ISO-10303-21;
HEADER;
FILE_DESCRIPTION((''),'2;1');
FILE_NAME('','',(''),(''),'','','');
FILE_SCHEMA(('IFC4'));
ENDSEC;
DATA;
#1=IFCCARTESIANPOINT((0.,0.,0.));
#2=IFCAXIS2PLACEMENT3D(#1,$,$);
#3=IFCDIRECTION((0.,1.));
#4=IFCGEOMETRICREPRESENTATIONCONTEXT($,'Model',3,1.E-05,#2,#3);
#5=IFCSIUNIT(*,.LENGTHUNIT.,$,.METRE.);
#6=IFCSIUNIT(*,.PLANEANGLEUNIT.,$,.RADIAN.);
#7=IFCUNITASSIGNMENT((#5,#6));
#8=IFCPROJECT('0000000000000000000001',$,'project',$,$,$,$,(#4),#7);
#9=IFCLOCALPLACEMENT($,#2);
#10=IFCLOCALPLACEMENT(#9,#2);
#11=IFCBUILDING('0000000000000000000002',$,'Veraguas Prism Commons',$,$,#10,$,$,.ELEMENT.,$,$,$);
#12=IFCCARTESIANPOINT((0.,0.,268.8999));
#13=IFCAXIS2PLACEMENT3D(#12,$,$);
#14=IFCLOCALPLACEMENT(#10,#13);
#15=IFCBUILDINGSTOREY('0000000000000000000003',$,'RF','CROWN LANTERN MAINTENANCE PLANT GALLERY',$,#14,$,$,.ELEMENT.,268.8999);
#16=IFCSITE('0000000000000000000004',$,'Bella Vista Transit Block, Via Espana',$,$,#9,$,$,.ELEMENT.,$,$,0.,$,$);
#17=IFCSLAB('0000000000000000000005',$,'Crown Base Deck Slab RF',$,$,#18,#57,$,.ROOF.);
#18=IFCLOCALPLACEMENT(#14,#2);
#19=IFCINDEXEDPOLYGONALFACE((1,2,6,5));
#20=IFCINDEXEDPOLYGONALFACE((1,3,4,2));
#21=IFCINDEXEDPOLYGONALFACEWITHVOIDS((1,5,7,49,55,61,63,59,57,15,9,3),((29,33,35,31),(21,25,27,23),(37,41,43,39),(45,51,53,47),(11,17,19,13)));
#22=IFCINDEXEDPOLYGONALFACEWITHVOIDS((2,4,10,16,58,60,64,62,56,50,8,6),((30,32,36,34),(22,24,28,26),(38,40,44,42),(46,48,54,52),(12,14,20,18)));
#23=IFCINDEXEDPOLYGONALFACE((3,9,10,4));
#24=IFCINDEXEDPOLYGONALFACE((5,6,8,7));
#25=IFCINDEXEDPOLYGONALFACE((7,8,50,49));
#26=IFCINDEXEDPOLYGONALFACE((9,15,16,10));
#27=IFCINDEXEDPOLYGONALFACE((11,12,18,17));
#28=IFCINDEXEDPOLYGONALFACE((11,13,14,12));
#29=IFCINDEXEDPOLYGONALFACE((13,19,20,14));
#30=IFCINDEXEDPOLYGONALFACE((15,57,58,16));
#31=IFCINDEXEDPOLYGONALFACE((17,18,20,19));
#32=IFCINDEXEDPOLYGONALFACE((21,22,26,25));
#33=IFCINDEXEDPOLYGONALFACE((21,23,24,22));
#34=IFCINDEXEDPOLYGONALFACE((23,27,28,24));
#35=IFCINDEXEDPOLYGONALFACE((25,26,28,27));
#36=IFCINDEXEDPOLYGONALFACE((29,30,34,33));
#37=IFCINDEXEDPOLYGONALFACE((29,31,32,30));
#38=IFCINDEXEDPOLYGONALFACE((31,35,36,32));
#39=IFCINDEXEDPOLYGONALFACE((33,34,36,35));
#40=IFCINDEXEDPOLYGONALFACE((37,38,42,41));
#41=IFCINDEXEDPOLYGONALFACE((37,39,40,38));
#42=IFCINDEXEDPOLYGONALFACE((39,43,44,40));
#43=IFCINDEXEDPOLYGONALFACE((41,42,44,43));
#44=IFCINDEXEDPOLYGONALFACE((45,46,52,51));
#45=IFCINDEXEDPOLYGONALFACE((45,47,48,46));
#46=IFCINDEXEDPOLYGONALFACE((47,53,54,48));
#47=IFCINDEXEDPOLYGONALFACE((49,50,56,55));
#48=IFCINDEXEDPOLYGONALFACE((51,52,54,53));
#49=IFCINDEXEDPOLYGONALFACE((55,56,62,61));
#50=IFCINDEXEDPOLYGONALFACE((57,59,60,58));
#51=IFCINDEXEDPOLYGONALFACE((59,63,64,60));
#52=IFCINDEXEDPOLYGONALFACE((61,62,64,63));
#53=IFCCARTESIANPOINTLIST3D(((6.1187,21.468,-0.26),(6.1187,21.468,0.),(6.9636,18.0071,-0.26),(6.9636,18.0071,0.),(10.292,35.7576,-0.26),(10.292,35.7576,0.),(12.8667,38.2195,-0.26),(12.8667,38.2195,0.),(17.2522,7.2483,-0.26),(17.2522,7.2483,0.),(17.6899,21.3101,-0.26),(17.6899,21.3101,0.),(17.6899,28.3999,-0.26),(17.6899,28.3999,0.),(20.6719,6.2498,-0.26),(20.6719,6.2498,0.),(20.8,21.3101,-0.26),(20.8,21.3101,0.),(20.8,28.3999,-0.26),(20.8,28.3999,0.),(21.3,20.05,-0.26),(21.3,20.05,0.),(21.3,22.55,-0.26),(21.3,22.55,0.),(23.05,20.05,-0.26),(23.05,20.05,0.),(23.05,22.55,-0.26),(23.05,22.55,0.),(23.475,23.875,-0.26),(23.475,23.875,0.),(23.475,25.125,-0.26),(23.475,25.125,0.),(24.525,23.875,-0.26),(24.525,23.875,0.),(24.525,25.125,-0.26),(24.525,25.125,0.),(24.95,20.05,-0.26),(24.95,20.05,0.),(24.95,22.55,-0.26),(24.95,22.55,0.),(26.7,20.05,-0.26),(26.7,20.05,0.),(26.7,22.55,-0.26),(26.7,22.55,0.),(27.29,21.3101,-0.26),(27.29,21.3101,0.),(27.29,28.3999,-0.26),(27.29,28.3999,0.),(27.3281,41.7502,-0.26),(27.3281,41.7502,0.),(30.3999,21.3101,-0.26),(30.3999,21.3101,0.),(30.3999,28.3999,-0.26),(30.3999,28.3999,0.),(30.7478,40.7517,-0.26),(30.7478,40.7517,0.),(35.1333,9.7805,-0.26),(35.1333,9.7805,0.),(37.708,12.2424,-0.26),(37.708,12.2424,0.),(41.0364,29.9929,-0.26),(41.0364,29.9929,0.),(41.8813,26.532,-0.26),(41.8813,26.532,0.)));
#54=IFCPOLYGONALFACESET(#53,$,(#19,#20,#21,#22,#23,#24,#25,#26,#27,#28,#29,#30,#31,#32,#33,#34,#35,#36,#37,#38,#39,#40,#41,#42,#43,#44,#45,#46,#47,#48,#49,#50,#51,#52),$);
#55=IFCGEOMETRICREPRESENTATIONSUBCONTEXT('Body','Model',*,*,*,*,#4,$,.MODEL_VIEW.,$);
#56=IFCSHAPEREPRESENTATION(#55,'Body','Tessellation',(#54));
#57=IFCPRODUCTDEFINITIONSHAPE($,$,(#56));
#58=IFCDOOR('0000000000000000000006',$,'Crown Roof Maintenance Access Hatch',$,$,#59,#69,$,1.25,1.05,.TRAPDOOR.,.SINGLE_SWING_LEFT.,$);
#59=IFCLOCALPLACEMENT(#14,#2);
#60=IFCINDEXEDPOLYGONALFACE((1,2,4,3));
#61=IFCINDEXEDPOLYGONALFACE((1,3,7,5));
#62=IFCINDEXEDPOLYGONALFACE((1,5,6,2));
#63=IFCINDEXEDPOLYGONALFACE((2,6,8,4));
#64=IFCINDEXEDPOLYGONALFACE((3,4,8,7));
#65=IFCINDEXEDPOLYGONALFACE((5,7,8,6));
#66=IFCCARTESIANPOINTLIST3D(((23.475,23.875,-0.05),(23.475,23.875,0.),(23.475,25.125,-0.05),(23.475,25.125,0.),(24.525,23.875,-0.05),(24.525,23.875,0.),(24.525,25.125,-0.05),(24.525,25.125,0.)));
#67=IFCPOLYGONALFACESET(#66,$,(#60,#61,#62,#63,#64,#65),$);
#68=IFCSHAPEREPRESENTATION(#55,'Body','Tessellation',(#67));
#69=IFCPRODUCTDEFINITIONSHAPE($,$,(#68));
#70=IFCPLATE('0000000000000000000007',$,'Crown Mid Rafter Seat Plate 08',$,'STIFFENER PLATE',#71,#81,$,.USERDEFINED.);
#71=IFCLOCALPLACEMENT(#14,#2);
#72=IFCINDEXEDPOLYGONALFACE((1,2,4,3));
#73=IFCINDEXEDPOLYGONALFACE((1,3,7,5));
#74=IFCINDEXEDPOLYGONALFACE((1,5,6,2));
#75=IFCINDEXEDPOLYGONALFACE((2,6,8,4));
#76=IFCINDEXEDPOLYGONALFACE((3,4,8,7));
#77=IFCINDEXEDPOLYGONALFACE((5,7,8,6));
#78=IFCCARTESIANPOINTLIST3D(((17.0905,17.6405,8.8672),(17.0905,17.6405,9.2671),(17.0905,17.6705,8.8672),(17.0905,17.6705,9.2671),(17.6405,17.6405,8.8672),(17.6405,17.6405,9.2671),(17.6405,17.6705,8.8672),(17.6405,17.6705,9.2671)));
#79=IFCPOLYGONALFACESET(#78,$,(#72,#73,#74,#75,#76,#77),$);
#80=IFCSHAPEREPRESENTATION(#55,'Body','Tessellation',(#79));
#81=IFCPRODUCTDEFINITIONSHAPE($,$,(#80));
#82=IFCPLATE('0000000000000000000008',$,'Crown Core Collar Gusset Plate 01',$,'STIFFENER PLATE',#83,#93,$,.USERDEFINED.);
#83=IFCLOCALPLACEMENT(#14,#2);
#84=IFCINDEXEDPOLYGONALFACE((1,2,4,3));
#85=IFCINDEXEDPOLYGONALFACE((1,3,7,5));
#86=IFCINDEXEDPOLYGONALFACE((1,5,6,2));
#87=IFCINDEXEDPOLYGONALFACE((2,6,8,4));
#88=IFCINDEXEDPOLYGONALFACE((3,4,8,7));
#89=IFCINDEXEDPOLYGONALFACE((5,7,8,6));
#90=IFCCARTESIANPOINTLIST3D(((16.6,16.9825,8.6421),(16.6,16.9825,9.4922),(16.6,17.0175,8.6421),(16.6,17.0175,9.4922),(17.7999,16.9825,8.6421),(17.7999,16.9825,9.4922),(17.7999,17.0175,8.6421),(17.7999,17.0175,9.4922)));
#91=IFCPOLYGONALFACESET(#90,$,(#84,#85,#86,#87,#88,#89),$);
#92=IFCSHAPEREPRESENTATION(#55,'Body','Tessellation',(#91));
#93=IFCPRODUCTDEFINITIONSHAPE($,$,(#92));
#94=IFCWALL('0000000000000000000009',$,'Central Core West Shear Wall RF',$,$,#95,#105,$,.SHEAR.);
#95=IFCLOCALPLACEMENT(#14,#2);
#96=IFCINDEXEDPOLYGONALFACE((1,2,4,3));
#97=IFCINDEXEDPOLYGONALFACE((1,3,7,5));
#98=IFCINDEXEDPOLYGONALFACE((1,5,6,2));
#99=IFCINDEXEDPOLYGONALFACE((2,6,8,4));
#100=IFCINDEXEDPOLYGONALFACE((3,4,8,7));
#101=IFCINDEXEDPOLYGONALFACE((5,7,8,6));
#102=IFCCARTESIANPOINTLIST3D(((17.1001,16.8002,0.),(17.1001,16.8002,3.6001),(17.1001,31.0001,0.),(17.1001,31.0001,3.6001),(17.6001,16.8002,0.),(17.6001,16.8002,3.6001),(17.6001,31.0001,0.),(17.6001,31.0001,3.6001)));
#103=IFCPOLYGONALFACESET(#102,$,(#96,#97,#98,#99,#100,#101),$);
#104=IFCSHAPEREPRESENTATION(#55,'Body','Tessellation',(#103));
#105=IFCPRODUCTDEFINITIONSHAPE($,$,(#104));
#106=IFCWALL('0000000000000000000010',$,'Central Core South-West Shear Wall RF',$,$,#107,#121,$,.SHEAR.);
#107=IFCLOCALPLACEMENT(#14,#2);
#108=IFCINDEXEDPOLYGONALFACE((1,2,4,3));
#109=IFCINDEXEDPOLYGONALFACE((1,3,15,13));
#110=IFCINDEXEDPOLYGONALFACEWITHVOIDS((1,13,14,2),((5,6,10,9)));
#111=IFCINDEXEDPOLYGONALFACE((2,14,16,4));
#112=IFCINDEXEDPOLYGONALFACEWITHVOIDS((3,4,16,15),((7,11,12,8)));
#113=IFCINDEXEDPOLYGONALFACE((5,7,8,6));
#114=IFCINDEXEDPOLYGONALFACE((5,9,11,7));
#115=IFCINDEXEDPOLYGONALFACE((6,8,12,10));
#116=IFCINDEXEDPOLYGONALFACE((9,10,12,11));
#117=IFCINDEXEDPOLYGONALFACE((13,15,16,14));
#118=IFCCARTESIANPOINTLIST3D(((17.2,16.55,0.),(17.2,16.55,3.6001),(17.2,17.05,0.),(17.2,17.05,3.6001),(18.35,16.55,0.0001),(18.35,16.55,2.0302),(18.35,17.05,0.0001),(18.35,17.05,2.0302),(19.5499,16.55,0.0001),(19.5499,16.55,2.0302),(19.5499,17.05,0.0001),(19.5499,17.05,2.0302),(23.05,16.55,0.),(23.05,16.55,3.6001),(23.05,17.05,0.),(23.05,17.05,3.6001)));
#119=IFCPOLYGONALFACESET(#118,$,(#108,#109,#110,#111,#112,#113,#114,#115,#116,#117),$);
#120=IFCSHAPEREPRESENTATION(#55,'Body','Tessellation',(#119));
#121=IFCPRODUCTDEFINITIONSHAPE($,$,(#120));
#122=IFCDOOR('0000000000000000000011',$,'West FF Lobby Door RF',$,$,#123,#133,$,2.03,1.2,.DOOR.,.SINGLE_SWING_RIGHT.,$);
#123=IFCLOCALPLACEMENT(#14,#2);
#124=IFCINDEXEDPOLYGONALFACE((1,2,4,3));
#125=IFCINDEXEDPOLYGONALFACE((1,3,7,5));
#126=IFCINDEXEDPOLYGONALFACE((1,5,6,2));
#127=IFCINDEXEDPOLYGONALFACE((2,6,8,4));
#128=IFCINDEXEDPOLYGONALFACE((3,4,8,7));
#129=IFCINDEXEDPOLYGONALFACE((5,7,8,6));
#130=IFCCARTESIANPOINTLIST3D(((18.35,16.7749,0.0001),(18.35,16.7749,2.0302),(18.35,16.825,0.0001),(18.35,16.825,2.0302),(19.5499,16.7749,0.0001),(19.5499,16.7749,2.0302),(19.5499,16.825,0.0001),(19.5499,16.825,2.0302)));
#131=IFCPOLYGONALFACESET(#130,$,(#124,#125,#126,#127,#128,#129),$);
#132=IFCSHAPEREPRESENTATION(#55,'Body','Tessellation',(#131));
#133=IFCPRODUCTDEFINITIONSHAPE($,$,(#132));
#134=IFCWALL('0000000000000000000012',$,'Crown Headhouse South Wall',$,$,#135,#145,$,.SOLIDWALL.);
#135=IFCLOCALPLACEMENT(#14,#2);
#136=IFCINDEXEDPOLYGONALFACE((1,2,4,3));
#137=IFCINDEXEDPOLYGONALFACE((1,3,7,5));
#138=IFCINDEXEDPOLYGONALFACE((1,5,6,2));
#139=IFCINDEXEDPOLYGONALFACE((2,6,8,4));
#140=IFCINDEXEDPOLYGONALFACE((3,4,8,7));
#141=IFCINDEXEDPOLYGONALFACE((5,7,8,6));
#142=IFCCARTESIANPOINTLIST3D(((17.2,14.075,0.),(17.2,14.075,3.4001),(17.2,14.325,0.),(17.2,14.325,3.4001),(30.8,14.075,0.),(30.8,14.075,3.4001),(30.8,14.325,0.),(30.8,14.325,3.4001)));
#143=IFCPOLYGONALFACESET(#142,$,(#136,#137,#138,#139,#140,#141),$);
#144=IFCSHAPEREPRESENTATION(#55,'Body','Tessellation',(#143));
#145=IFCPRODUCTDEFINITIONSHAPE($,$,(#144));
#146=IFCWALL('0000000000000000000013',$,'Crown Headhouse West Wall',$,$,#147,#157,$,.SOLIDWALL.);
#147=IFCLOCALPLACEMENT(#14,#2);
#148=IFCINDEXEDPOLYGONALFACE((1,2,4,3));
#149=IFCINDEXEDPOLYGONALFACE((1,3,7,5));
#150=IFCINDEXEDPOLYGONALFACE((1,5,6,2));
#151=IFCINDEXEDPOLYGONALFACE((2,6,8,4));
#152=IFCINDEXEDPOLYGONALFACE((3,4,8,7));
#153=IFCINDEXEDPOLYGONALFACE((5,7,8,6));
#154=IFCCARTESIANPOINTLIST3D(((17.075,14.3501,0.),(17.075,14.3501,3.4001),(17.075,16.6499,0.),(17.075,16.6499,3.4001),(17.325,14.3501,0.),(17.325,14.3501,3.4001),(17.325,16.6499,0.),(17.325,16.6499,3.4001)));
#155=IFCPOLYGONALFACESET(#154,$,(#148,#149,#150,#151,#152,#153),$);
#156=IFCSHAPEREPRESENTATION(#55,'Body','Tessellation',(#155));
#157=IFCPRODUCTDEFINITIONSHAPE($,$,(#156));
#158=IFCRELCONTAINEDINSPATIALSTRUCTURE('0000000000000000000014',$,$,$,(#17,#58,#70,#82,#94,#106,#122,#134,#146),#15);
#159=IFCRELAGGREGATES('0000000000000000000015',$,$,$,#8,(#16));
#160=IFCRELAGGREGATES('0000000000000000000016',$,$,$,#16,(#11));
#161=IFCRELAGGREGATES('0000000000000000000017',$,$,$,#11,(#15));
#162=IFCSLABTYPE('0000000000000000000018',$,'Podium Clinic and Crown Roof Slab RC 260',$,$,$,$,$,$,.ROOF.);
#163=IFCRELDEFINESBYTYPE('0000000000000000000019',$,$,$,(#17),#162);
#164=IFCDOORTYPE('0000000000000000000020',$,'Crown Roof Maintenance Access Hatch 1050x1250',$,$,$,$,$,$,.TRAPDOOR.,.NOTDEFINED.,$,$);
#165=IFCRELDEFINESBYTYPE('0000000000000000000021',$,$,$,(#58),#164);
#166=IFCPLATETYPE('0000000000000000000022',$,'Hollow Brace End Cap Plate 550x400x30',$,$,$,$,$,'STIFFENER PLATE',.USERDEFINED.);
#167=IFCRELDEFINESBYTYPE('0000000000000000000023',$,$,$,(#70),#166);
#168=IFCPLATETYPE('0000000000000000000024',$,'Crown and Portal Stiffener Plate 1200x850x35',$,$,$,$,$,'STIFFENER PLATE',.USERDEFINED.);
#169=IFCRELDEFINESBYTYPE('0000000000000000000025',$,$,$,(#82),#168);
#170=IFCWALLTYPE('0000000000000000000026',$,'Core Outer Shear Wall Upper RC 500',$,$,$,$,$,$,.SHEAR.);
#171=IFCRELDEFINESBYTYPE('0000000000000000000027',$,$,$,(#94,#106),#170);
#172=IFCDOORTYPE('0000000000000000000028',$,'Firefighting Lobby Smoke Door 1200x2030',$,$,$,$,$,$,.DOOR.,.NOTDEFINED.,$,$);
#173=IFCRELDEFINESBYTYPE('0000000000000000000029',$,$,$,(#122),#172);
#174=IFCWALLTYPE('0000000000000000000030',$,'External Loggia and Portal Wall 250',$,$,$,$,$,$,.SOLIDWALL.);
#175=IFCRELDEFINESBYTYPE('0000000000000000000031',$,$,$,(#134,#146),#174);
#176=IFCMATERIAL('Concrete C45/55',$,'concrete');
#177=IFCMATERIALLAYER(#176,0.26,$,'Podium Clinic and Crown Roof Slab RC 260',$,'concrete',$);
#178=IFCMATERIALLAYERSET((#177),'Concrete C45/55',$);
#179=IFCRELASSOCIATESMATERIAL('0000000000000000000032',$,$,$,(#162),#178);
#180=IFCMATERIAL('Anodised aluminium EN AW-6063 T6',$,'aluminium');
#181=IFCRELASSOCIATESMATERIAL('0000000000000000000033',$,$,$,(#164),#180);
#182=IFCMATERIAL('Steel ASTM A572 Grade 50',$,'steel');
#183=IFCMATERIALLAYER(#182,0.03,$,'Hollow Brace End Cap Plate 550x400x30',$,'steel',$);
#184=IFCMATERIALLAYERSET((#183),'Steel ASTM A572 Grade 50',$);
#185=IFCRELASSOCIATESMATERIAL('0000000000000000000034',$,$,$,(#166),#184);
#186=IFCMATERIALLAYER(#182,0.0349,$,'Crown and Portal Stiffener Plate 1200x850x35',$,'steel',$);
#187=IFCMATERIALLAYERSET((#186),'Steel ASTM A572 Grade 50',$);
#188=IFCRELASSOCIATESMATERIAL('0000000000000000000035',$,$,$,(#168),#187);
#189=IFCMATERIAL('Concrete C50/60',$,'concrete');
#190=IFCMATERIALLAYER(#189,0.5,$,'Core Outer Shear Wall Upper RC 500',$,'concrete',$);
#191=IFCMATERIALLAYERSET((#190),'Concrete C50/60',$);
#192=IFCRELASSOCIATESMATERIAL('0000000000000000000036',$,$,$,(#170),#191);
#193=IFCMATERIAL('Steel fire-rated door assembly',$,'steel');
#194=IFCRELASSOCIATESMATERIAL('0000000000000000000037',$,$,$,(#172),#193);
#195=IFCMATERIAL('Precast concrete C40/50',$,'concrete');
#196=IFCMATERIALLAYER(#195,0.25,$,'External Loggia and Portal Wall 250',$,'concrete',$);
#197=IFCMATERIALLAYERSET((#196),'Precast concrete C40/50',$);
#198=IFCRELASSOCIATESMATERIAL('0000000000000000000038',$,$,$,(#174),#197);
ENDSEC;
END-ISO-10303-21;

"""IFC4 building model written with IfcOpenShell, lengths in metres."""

from ifc_helpers import new_model, si_unit, direction, frame, frame_2d, origin, origin_2d, place, context, subcontext, project, spatial, polyline, rectangle, outline, extrude, source, transform, mapped, material, layer, layer_set, type_object, element, fill, save


model = new_model("IFC4")

# Units and contexts
model_context = context("Model", 3, precision=1e-05, world=origin(), true_north=direction((0.0, 1.0)))
body_context = subcontext(model_context, "Body", "Model", "MODEL_VIEW")
ifc_project = project(units=[si_unit("LENGTHUNIT", "METRE"), si_unit("PLANEANGLEUNIT", "RADIAN")], contexts=[model_context])

# Site, building, storey
site_placement = place(None, origin())
site = spatial("IfcSite", under=ifc_project, at=site_placement, Name="Bella Vista Transit Block, Via Espana", CompositionType="ELEMENT", RefElevation=0.0)
building_placement = place(site_placement, origin())
building = spatial("IfcBuilding", under=site, at=building_placement, Name="Veraguas Prism Commons", CompositionType="ELEMENT")
storey_placement = place(building_placement, frame((0.0, 0.0, 268.8999)))
storey = spatial("IfcBuildingStorey", under=building, at=storey_placement, Name="RF", Description="CROWN LANTERN MAINTENANCE PLANT GALLERY", CompositionType="ELEMENT", Elevation=268.8999)

# Shared definitions
ifc_material_1 = material(Name="Anodised aluminium EN AW-6063 T6", Category="aluminium")

# Slab, opening, door
ifc_material_2 = material(Name="Concrete C45/55", Category="concrete")
ifc_layer_1 = layer(ifc_material_2, 0.26, Name="Podium Clinic and Crown Roof Slab RC 260", Category="concrete")
ifc_layer_set_1 = layer_set([ifc_layer_1], Name="Concrete C45/55")
slab_type = type_object("IfcSlabType", Name="Podium Clinic and Crown Roof Slab RC 260", PredefinedType="ROOF", material=ifc_layer_set_1)
slab_placement = place(storey_placement, frame((0.0, 0.0, -0.26)))
slab = element("IfcSlab", 1, at=slab_placement, inside=storey, type_object=slab_type, Name="Crown Base Deck Slab RF", PredefinedType="ROOF", context=body_context, shape_type="SweptSolid", body=[
    extrude(outline(polyline([(41.8813, 26.532), (41.0364, 29.9929), (30.7478, 40.7517), (27.3281, 41.7502), (12.8667, 38.2195), (10.292, 35.7576), (6.1187, 21.468), (6.9636, 18.0071), (17.2522, 7.2483), (20.6719, 6.2498), (35.1333, 9.7805), (37.708, 12.2424), (41.8813, 26.532)]), holes=[polyline([(20.8, 21.3101), (20.8, 28.3999), (17.6899, 28.3999), (17.6899, 21.3101), (20.8, 21.3101)]), polyline([(30.3999, 21.3101), (30.3999, 28.3999), (27.29, 28.3999), (27.29, 21.3101), (30.3999, 21.3101)]), polyline([(21.3, 20.05), (23.05, 20.05), (23.05, 22.55), (21.3, 22.55), (21.3, 20.05)]), polyline([(24.95, 20.05), (26.7, 20.05), (26.7, 22.55), (24.95, 22.55), (24.95, 20.05)])]), origin(), (0.0, 0.0, 1.0), 0.26),
])
opening_1_placement = place(slab_placement, frame((24.0, 24.5, -0.01)))
opening_1 = element("IfcOpeningElement", 2, at=opening_1_placement, cuts=slab, PredefinedType="OPENING", context=body_context, shape_type="SweptSolid", body=[
    extrude(rectangle(XDim=1.05, YDim=1.25, at=origin_2d()), origin(), (0.0, 0.0, 1.0), 0.28),
])
door_type_1 = type_object("IfcDoorType", Name="Crown Roof Maintenance Access Hatch 1050x1250", OperationType="NOTDEFINED", PredefinedType="TRAPDOOR", material=ifc_material_1)
door_1_placement = place(slab_placement, frame((24.0, 24.5, 0.21)))
door_1 = element("IfcDoor", 3, at=door_1_placement, inside=storey, type_object=door_type_1, Name="Crown Roof Maintenance Access Hatch", OperationType="SINGLE_SWING_LEFT", OverallHeight=1.25, OverallWidth=1.05, PredefinedType="TRAPDOOR", context=body_context, shape_type="SweptSolid", body=[
    extrude(rectangle(XDim=1.05, YDim=1.25, at=origin_2d()), origin(), (0.0, 0.0, 1.0), 0.05),
])
fill(opening_1, door_1)

# Plates
ifc_material_3 = material(Name="Steel ASTM A572 Grade 50", Category="steel")
ifc_layer_2 = layer(ifc_material_3, 0.03, Name="Hollow Brace End Cap Plate 550x400x30", Category="steel")
ifc_layer_set_2 = layer_set([ifc_layer_2], Name="Steel ASTM A572 Grade 50")
plate_type_1 = type_object("IfcPlateType", Name="Hollow Brace End Cap Plate 550x400x30", ElementType="STIFFENER PLATE", PredefinedType="USERDEFINED", material=ifc_layer_set_2)
shared_shape_1 = source(origin(), body_context, "Body", "SweptSolid", [
    extrude(rectangle(XDim=0.55, YDim=0.03, at=origin_2d()), origin(), (0.0, 0.0, 1.0), 0.3999),
])
plate_1_placement = place(storey_placement, frame((17.3655, 17.6555, 8.8672), z_axis=(0.0, 0.0, 1.0), x_axis=(1.0, 0.0, 0.0)))
element("IfcPlate", 4, at=plate_1_placement, inside=storey, type_object=plate_type_1, Name="Crown Mid Rafter Seat Plate 08", ObjectType="STIFFENER PLATE", PredefinedType="USERDEFINED", context=body_context, shape_type="MappedRepresentation", body=[
    mapped(shared_shape_1, transform((0.0, 0.0, 0.0), scale=1.0)),
])
ifc_layer_3 = layer(ifc_material_3, 0.0349, Name="Crown and Portal Stiffener Plate 1200x850x35", Category="steel")
ifc_layer_set_3 = layer_set([ifc_layer_3], Name="Steel ASTM A572 Grade 50")
plate_type_2 = type_object("IfcPlateType", Name="Crown and Portal Stiffener Plate 1200x850x35", ElementType="STIFFENER PLATE", PredefinedType="USERDEFINED", material=ifc_layer_set_3)
shared_shape_2 = source(origin(), body_context, "Body", "SweptSolid", [
    extrude(rectangle(XDim=1.2, YDim=0.0349, at=origin_2d()), origin(), (0.0, 0.0, 1.0), 0.8501),
])
plate_2_placement = place(storey_placement, frame((17.2, 17.0, 8.6421), z_axis=(0.0, 0.0, 1.0), x_axis=(1.0, 0.0, 0.0)))
element("IfcPlate", 5, at=plate_2_placement, inside=storey, type_object=plate_type_2, Name="Crown Core Collar Gusset Plate 01", ObjectType="STIFFENER PLATE", PredefinedType="USERDEFINED", context=body_context, shape_type="MappedRepresentation", body=[
    mapped(shared_shape_2, transform((0.0, 0.0, 0.0), scale=1.0)),
])

# Wall
ifc_material_4 = material(Name="Concrete C50/60", Category="concrete")
ifc_layer_4 = layer(ifc_material_4, 0.5, Name="Core Outer Shear Wall Upper RC 500", Category="concrete")
ifc_layer_set_4 = layer_set([ifc_layer_4], Name="Concrete C50/60")
wall_type_1 = type_object("IfcWallType", Name="Core Outer Shear Wall Upper RC 500", PredefinedType="SHEAR", material=ifc_layer_set_4)
wall_1_placement = place(storey_placement, frame((17.3501, 16.8, 0.0), z_axis=(0.0, 0.0, 1.0), x_axis=(0.0, 1.0, 0.0)))
element("IfcWall", 6, at=wall_1_placement, inside=storey, type_object=wall_type_1, Name="Central Core West Shear Wall RF", PredefinedType="SHEAR", context=body_context, shape_type="SweptSolid", body=[
    extrude(rectangle(XDim=14.2, YDim=0.5, at=frame_2d((7.1001, 0.0))), origin(), (0.0, 0.0, 1.0), 3.6001),
])

# Wall, opening, door
wall_2_placement = place(storey_placement, frame((17.2, 16.8, 0.0), z_axis=(0.0, 0.0, 1.0), x_axis=(1.0, 0.0, 0.0)))
wall_2 = element("IfcWall", 7, at=wall_2_placement, inside=storey, type_object=wall_type_1, Name="Central Core South-West Shear Wall RF", PredefinedType="SHEAR", context=body_context, shape_type="SweptSolid", body=[
    extrude(rectangle(XDim=5.8501, YDim=0.5, at=frame_2d((2.925, 0.0))), origin(), (0.0, 0.0, 1.0), 3.6001),
])
opening_2_placement = place(wall_2_placement, frame((1.1499, 0.0, 0.0)))
opening_2 = element("IfcOpeningElement", 8, at=opening_2_placement, cuts=wall_2, PredefinedType="OPENING", context=body_context, shape_type="SweptSolid", body=[
    extrude(rectangle(XDim=1.2, YDim=2.03, at=frame_2d((0.6001, 1.0151))), frame((0.0, 0.26, 0.0), z_axis=(0.0, -1.0, 0.0), x_axis=(1.0, 0.0, 0.0)), (0.0, 0.0, 1.0), 0.52),
])
ifc_material_5 = material(Name="Steel fire-rated door assembly", Category="steel")
door_type_2 = type_object("IfcDoorType", Name="Firefighting Lobby Smoke Door 1200x2030", OperationType="NOTDEFINED", PredefinedType="DOOR", material=ifc_material_5)
shared_shape_3 = source(origin(), body_context, "Body", "SweptSolid", [
    extrude(rectangle(XDim=1.2, YDim=2.03, at=frame_2d((0.6001, 1.0151))), frame((0.0, 0.0249, 0.0), z_axis=(0.0, -1.0, 0.0), x_axis=(1.0, 0.0, 0.0)), (0.0, 0.0, 1.0), 0.05),
])
door_2_placement = place(opening_2_placement, origin())
door_2 = element("IfcDoor", 9, at=door_2_placement, inside=storey, type_object=door_type_2, Name="West FF Lobby Door RF", OperationType="SINGLE_SWING_RIGHT", OverallHeight=2.03, OverallWidth=1.2, PredefinedType="DOOR", context=body_context, shape_type="MappedRepresentation", body=[
    mapped(shared_shape_3, transform((0.0, 0.0, 0.0), scale=1.0)),
])
fill(opening_2, door_2)

# Walls
ifc_material_6 = material(Name="Precast concrete C40/50", Category="concrete")
ifc_layer_5 = layer(ifc_material_6, 0.25, Name="External Loggia and Portal Wall 250", Category="concrete")
ifc_layer_set_5 = layer_set([ifc_layer_5], Name="Precast concrete C40/50")
wall_type_2 = type_object("IfcWallType", Name="External Loggia and Portal Wall 250", PredefinedType="SOLIDWALL", material=ifc_layer_set_5)
wall_3_placement = place(storey_placement, frame((17.2, 14.2, 0.0), z_axis=(0.0, 0.0, 1.0), x_axis=(1.0, 0.0, 0.0)))
element("IfcWall", 10, at=wall_3_placement, inside=storey, type_object=wall_type_2, Name="Crown Headhouse South Wall", PredefinedType="SOLIDWALL", context=body_context, shape_type="SweptSolid", body=[
    extrude(rectangle(XDim=13.6001, YDim=0.25, at=frame_2d((6.8, 0.0))), origin(), (0.0, 0.0, 1.0), 3.4001),
])
wall_4_placement = place(storey_placement, frame((17.2, 14.3501, 0.0), z_axis=(0.0, 0.0, 1.0), x_axis=(0.0, 1.0, 0.0)))
element("IfcWall", 11, at=wall_4_placement, inside=storey, type_object=wall_type_2, Name="Crown Headhouse West Wall", PredefinedType="SOLIDWALL", context=body_context, shape_type="SweptSolid", body=[
    extrude(rectangle(XDim=2.2998, YDim=0.25, at=frame_2d((1.1499, 0.0))), origin(), (0.0, 0.0, 1.0), 3.4001),
])

save(model, "model.ifc")
